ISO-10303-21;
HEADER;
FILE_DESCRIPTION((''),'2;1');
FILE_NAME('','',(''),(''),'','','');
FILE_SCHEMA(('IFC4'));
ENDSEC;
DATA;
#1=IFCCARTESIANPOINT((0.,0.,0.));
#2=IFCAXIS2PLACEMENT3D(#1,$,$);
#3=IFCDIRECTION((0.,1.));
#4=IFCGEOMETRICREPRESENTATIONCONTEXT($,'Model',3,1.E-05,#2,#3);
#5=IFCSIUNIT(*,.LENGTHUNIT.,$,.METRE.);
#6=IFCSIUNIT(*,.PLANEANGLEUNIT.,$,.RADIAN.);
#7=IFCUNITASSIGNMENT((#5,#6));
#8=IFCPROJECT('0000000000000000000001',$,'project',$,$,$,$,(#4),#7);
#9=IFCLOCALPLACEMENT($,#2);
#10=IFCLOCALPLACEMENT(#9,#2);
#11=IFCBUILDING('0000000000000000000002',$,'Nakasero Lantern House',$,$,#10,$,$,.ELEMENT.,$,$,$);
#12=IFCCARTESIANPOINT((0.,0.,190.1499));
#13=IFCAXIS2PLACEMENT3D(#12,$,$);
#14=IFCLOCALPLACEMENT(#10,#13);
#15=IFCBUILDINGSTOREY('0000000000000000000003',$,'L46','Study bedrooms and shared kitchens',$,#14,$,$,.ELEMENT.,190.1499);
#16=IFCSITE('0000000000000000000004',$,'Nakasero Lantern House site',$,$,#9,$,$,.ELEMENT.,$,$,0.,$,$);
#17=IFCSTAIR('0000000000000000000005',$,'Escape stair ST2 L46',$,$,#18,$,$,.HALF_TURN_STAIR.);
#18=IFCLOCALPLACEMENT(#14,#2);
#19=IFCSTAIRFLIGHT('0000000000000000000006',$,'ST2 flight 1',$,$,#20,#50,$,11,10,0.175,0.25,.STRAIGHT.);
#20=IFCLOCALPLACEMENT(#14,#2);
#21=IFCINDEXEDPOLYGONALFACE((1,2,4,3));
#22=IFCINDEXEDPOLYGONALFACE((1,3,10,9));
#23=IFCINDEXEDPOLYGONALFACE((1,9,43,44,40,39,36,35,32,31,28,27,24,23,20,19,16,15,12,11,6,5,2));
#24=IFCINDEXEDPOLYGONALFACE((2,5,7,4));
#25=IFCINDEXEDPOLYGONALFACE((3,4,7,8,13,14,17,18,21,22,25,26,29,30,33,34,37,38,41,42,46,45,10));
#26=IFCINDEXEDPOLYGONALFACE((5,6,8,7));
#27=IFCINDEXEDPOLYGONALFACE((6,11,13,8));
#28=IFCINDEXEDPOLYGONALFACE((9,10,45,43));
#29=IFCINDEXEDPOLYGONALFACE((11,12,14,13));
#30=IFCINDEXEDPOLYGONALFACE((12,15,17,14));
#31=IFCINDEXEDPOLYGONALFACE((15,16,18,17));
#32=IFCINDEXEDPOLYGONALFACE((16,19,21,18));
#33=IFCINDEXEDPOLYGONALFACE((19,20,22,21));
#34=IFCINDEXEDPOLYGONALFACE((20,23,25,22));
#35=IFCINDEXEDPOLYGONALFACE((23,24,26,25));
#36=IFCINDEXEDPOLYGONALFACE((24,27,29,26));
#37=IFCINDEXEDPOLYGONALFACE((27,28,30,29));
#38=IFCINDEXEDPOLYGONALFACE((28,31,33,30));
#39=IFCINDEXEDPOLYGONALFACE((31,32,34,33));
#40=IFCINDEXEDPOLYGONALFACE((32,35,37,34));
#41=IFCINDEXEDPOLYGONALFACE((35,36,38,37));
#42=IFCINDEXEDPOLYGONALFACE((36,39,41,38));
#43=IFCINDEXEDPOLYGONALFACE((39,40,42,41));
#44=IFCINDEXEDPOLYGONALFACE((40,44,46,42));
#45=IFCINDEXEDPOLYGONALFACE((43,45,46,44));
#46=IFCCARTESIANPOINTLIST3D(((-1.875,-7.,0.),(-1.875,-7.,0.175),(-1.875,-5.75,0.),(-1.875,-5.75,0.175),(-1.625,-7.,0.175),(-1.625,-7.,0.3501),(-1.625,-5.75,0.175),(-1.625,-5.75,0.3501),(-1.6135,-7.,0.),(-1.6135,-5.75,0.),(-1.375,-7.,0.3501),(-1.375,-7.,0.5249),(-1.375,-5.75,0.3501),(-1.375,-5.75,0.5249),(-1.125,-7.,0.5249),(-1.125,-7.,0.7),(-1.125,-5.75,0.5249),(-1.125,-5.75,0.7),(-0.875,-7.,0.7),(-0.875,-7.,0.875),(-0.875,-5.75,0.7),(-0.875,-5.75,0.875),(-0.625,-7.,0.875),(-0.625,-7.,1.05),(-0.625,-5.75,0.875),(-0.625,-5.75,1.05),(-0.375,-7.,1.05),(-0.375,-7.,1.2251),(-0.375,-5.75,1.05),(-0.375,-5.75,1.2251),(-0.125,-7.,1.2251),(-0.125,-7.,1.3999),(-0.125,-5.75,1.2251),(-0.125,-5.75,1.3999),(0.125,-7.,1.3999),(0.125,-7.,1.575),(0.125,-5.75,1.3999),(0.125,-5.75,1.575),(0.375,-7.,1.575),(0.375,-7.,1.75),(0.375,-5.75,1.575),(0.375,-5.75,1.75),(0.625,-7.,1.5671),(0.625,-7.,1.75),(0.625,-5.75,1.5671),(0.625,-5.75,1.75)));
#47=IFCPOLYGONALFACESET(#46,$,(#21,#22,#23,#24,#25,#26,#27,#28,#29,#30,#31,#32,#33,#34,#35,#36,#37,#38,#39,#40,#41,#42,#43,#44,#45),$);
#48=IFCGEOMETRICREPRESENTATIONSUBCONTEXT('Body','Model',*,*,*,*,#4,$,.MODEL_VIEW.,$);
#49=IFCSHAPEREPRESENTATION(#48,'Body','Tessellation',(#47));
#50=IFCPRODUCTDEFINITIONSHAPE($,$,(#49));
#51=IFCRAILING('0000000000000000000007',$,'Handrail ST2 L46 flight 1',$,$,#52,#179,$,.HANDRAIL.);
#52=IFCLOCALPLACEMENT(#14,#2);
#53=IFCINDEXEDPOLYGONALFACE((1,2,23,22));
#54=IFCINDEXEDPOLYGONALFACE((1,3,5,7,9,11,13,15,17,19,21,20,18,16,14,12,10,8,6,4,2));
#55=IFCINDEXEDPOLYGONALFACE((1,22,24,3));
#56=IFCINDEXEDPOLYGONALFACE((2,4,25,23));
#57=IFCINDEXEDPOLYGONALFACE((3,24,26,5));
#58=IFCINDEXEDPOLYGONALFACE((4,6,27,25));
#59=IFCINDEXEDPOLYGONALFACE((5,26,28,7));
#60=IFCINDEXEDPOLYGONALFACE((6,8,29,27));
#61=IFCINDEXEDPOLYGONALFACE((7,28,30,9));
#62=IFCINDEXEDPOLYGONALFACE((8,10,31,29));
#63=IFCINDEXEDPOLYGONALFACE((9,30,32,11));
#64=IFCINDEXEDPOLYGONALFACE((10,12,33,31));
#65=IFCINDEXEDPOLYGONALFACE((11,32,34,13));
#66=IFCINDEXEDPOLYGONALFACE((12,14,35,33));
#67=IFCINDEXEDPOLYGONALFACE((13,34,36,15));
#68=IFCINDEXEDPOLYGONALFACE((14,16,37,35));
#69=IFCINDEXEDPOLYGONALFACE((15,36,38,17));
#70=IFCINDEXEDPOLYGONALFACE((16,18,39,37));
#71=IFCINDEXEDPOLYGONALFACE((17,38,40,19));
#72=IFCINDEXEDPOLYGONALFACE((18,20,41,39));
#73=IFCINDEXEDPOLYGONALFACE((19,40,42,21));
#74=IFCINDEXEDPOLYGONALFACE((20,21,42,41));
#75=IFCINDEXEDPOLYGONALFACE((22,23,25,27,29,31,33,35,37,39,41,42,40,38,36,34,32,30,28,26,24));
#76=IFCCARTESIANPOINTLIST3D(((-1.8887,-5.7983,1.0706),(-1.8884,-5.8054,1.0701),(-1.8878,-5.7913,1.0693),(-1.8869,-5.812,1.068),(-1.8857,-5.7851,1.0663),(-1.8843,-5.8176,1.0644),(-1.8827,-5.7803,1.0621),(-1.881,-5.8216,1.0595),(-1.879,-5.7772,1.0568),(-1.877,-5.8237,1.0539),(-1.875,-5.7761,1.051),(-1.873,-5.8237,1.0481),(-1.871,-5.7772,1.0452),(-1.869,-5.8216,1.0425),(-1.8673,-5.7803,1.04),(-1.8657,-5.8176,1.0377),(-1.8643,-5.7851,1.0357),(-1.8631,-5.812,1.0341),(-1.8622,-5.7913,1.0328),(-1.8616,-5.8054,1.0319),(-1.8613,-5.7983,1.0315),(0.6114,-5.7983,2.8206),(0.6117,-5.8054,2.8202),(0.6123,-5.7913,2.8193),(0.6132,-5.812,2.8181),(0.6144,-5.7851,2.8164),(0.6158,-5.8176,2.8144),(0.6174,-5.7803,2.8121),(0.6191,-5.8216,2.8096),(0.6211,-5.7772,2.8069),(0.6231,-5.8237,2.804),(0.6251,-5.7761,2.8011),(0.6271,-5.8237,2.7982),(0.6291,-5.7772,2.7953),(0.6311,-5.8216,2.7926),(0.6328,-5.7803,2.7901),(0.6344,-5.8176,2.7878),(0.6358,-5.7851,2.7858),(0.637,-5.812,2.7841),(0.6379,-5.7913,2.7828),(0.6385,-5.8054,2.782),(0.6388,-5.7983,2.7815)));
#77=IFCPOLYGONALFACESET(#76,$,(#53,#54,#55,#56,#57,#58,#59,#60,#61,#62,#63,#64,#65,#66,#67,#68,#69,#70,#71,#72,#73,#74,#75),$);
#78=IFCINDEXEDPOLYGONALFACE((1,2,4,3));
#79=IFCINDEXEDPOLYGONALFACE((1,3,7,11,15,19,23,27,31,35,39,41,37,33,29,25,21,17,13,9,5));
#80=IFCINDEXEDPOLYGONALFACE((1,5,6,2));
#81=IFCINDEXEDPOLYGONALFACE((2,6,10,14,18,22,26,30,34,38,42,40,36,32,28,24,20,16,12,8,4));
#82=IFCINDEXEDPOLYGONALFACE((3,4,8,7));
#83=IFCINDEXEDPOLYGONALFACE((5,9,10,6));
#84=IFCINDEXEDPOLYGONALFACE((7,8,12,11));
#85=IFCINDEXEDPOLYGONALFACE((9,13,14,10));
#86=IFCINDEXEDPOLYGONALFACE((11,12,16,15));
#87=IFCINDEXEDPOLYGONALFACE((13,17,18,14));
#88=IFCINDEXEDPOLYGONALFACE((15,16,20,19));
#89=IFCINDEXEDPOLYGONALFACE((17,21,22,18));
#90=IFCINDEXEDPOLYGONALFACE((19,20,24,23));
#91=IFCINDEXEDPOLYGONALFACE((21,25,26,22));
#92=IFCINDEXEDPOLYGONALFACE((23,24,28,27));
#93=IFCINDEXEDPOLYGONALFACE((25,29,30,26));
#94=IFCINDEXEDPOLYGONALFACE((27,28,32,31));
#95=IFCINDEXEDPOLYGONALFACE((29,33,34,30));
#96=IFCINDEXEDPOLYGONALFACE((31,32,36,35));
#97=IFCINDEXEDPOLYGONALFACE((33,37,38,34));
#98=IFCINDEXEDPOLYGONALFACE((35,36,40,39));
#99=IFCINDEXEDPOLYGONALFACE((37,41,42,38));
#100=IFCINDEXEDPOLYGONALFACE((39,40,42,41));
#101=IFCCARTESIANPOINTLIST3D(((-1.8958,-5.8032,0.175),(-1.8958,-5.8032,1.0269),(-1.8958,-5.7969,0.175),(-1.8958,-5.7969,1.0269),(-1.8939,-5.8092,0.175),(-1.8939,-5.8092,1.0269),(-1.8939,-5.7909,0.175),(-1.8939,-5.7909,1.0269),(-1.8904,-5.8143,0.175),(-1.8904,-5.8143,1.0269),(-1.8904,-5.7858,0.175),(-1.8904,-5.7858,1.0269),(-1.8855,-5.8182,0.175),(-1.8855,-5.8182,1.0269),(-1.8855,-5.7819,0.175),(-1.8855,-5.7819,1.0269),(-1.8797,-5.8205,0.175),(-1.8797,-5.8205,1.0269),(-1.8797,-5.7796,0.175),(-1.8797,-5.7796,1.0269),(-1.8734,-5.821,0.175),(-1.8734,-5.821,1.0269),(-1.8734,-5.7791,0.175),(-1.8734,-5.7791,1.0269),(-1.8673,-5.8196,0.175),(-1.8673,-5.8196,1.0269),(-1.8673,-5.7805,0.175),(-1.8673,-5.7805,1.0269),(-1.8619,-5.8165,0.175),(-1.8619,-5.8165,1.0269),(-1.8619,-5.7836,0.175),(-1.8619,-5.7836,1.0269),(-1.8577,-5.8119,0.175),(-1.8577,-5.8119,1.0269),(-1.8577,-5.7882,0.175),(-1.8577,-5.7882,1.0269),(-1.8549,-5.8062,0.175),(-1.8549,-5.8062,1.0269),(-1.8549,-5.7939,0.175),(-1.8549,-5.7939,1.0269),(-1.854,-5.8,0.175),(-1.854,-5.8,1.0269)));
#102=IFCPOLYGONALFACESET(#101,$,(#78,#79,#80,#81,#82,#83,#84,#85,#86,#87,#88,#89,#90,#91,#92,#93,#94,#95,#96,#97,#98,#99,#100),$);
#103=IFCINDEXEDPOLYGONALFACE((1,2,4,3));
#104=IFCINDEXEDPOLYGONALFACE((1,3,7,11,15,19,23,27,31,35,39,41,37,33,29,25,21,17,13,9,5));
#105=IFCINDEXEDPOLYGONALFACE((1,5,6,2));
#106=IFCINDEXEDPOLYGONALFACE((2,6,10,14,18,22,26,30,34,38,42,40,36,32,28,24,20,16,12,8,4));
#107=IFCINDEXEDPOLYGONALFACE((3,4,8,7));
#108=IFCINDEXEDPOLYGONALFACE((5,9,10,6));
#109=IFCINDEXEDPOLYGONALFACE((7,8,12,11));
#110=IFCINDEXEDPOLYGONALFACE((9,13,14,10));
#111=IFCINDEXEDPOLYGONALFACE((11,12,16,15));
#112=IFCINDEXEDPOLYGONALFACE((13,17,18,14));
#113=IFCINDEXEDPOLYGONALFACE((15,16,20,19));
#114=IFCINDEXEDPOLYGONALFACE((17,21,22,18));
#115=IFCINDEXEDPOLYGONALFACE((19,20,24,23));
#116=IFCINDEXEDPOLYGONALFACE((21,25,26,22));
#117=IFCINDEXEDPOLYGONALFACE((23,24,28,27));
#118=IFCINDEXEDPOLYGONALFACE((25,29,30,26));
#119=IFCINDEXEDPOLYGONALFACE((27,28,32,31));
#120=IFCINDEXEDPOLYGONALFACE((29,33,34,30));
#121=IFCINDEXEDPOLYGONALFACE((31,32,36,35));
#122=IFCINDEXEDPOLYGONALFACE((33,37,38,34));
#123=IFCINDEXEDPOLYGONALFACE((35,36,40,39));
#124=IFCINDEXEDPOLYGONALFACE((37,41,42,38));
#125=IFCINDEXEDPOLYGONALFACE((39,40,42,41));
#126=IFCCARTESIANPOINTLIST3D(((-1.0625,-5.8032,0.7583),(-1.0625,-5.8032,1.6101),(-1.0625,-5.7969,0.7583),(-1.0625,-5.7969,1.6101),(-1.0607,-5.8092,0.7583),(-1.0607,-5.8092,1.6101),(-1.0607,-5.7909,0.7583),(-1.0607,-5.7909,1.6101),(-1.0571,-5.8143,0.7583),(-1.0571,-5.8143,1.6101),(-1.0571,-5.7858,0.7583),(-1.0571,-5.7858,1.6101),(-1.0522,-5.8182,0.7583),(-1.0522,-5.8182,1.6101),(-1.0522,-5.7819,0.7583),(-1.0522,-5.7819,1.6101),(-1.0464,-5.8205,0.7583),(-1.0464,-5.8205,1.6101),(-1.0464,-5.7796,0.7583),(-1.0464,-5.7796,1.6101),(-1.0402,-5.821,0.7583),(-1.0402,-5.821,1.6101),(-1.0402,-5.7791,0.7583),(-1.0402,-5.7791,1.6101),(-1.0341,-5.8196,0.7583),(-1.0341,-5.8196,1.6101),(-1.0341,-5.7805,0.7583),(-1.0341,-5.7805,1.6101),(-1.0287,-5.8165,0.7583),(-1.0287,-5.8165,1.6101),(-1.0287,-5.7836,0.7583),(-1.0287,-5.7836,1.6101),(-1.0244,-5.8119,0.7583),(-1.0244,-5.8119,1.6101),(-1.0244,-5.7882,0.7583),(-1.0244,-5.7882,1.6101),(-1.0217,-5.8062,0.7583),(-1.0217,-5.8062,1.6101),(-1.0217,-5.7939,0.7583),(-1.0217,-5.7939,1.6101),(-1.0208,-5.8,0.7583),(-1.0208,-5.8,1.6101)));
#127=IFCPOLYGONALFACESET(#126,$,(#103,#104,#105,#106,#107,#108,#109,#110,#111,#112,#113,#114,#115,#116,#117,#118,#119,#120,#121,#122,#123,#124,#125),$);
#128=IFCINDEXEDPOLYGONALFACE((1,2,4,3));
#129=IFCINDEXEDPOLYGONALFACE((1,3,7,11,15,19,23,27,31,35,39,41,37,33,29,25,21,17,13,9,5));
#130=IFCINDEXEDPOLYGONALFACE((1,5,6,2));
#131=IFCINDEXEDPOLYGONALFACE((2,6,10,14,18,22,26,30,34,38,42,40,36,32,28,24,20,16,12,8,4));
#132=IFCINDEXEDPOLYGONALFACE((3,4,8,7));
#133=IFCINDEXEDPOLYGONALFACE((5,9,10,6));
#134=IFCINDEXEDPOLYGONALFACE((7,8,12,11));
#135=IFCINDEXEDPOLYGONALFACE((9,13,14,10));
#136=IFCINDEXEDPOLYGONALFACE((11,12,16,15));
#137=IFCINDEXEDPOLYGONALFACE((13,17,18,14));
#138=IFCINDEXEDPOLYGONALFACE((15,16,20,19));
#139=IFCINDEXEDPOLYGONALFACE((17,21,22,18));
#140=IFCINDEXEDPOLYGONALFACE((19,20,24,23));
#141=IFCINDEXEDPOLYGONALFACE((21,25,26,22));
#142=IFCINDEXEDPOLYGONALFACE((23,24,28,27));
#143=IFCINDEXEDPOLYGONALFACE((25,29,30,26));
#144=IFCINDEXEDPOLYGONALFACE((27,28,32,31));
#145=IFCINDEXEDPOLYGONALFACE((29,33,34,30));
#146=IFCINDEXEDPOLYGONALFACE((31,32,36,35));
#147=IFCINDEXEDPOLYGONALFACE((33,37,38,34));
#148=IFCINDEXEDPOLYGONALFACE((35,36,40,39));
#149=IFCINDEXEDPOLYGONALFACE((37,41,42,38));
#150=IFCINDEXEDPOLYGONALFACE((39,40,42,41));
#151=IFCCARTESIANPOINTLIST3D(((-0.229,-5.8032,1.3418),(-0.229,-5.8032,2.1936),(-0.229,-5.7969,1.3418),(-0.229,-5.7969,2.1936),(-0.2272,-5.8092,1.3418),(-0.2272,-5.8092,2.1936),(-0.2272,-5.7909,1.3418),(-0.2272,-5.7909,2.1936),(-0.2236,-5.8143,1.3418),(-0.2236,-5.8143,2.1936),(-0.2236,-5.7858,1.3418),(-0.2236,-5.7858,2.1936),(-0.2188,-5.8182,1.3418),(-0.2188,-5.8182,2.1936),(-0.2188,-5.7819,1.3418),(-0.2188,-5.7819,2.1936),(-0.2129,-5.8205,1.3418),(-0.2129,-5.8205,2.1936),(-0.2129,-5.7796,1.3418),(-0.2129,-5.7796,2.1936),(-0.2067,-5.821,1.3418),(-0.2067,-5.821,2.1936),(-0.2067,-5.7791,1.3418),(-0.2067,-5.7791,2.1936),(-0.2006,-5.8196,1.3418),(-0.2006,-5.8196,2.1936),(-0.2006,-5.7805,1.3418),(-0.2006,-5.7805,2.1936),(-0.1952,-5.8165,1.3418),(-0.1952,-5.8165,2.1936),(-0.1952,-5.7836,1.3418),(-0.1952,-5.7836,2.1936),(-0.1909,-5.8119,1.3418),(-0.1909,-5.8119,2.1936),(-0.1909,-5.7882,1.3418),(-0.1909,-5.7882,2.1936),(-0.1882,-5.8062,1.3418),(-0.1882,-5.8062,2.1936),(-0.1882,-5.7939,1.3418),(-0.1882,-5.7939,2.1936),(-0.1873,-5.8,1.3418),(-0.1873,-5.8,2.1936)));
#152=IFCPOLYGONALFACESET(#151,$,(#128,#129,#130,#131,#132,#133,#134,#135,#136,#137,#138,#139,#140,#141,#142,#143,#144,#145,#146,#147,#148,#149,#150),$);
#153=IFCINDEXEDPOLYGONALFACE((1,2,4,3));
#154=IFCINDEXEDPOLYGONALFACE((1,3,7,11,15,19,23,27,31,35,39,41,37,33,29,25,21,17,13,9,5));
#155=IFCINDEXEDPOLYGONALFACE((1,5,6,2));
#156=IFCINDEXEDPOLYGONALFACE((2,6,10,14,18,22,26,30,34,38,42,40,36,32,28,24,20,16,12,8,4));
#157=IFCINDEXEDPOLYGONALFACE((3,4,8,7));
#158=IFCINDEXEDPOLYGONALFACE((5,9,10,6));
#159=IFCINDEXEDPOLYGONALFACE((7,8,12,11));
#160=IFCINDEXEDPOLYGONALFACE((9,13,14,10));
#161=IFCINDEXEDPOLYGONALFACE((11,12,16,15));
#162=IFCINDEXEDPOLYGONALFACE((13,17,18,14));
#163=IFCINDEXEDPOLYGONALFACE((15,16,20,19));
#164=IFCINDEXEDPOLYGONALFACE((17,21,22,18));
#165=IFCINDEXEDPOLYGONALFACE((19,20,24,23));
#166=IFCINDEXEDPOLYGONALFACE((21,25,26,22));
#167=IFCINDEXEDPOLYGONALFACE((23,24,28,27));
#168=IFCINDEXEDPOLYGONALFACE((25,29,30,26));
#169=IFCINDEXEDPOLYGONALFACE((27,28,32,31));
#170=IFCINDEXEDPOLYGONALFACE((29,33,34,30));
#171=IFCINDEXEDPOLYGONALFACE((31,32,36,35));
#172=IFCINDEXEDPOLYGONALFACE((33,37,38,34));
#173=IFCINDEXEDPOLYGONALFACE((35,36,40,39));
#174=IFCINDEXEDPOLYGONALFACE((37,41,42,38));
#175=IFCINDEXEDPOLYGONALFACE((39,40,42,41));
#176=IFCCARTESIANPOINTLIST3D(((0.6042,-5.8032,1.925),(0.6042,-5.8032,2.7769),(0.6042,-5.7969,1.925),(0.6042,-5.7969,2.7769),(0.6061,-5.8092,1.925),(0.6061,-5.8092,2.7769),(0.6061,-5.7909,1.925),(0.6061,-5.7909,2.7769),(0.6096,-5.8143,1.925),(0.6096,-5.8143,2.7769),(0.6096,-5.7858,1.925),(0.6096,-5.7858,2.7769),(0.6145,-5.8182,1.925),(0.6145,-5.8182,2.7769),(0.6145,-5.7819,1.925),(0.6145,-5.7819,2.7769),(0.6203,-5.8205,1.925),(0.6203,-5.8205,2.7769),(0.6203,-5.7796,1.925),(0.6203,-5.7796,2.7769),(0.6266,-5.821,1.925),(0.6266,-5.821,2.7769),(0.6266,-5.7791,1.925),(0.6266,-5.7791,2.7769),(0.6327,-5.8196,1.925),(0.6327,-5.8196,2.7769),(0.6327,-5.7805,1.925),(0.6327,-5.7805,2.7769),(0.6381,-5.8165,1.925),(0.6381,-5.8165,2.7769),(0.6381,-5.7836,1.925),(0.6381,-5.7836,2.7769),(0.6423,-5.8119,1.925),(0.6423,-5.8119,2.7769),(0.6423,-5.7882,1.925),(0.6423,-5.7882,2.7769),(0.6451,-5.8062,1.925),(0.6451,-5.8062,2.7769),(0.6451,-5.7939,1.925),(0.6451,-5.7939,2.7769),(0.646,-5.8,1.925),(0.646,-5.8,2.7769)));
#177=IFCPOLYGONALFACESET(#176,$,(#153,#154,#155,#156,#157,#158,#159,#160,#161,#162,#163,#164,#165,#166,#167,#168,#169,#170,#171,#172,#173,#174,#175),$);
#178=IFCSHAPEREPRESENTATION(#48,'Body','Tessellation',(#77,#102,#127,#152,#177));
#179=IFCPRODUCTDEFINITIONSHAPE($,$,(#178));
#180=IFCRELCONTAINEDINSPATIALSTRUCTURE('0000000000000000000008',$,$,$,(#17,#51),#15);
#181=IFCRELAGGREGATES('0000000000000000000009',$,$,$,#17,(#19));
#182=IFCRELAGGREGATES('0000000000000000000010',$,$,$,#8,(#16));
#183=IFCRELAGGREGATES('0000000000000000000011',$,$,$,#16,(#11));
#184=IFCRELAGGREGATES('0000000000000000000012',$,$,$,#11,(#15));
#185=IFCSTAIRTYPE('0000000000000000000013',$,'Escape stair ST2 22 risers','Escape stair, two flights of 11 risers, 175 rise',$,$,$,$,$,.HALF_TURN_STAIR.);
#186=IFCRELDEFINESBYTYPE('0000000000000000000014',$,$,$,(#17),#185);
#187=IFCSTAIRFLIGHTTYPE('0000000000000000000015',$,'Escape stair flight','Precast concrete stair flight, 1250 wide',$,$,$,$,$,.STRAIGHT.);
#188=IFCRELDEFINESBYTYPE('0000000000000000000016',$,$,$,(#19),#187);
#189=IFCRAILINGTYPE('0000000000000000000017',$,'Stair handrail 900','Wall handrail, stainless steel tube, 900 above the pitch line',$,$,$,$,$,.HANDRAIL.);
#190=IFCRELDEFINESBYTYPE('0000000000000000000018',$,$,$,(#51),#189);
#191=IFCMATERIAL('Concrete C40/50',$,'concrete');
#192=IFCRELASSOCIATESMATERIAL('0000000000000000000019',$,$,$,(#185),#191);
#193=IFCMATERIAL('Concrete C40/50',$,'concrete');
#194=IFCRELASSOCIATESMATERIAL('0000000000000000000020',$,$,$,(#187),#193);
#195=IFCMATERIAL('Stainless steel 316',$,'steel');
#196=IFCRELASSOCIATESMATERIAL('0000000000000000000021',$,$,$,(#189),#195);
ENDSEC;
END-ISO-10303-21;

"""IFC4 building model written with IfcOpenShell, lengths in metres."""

from ifc_helpers import new_model, si_unit, direction, frame, origin, origin_2d, place, context, subcontext, project, spatial, polyline, circle, outline, extrude, material, type_object, element, aggregate, save


model = new_model("IFC4")

# Units and contexts
model_context = context("Model", 3, precision=1e-05, world=origin(), true_north=direction((0.0, 1.0)))
body_context = subcontext(model_context, "Body", "Model", "MODEL_VIEW")
ifc_project = project(units=[si_unit("LENGTHUNIT", "METRE"), si_unit("PLANEANGLEUNIT", "RADIAN")], contexts=[model_context])

# Site, building, storey
site_placement = place(None, origin())
site = spatial("IfcSite", under=ifc_project, at=site_placement, Name="Nakasero Lantern House site", CompositionType="ELEMENT", RefElevation=0.0)
building_placement = place(site_placement, origin())
building = spatial("IfcBuilding", under=site, at=building_placement, Name="Nakasero Lantern House", CompositionType="ELEMENT")
storey_placement = place(building_placement, frame((0.0, 0.0, 190.1499)))
storey = spatial("IfcBuildingStorey", under=building, at=storey_placement, Name="L46", Description="Study bedrooms and shared kitchens", CompositionType="ELEMENT", Elevation=190.1499)

# Stair, stair flight
ifc_material_1 = material(Name="Concrete C40/50", Category="concrete")
stair_type = type_object("IfcStairType", Name="Escape stair ST2 22 risers", Description="Escape stair, two flights of 11 risers, 175 rise", PredefinedType="HALF_TURN_STAIR", material=ifc_material_1)
stair_placement = place(storey_placement, origin())
stair = element("IfcStair", 1, at=stair_placement, inside=storey, type_object=stair_type, Name="Escape stair ST2 L46", PredefinedType="HALF_TURN_STAIR")
ifc_material_2 = material(Name="Concrete C40/50", Category="concrete")
stair_flight_type = type_object("IfcStairFlightType", Name="Escape stair flight", Description="Precast concrete stair flight, 1250 wide", PredefinedType="STRAIGHT", material=ifc_material_2)
stair_flight_placement = place(storey_placement, frame((-1.875, -6.375, 0.0), z_axis=(0.0, 0.0, 1.0), x_axis=(1.0, 0.0, 0.0)))
stair_flight = element("IfcStairFlight", 2, at=stair_flight_placement, type_object=stair_flight_type, Name="ST2 flight 1", NumberOfRisers=11, NumberOfTreads=10, PredefinedType="STRAIGHT", RiserHeight=0.175, TreadLength=0.25, context=body_context, shape_type="SweptSolid", body=[
    extrude(outline(polyline([(0.0, 0.0), (0.0, 0.175), (0.25, 0.175), (0.25, 0.3501), (0.5, 0.3501), (0.5, 0.5249), (0.75, 0.5249), (0.75, 0.7), (1.0, 0.7), (1.0, 0.875), (1.25, 0.875), (1.25, 1.05), (1.5, 1.05), (1.5, 1.2251), (1.75, 1.2251), (1.75, 1.3999), (2.0, 1.3999), (2.0, 1.575), (2.25, 1.575), (2.25, 1.75), (2.5, 1.75), (2.5, 1.925), (2.5, 1.5671), (0.2615, 0.0), (0.0, 0.0)])), frame((0.0, 0.625, 0.0), z_axis=(0.0, -1.0, 0.0), x_axis=(1.0, 0.0, 0.0)), (0.0, 0.0, 1.0), 1.25),
])
aggregate(stair, [stair_flight])

# Railing
ifc_material_3 = material(Name="Stainless steel 316", Category="steel")
railing_type = type_object("IfcRailingType", Name="Stair handrail 900", Description="Wall handrail, stainless steel tube, 900 above the pitch line", PredefinedType="HANDRAIL", material=ifc_material_3)
railing_placement = place(storey_placement, frame((-1.875, -5.8, 0.175)))
element("IfcRailing", 3, at=railing_placement, inside=storey, type_object=railing_type, Name="Handrail ST2 L46 flight 1", PredefinedType="HANDRAIL", context=body_context, shape_type="SweptSolid", body=[
    extrude(circle(Radius=0.0239, at=origin_2d()), frame((0.0, 0.0, 0.876), z_axis=(0.819232, 0.0, 0.573462), x_axis=(0.0, 1.0, 0.0)), (0.0, 0.0, 1.0), 3.0518),
    extrude(circle(Radius=0.021, at=origin_2d()), origin(), (0.0, 0.0, 1.0), 0.8518),
    extrude(circle(Radius=0.021, at=origin_2d()), frame((0.8333, 0.0, 0.5833)), (0.0, 0.0, 1.0), 0.8518),
    extrude(circle(Radius=0.021, at=origin_2d()), frame((1.6667, 0.0, 1.1667)), (0.0, 0.0, 1.0), 0.8518),
    extrude(circle(Radius=0.021, at=origin_2d()), frame((2.5, 0.0, 1.75)), (0.0, 0.0, 1.0), 0.8518),
])

save(model, "model.ifc")
